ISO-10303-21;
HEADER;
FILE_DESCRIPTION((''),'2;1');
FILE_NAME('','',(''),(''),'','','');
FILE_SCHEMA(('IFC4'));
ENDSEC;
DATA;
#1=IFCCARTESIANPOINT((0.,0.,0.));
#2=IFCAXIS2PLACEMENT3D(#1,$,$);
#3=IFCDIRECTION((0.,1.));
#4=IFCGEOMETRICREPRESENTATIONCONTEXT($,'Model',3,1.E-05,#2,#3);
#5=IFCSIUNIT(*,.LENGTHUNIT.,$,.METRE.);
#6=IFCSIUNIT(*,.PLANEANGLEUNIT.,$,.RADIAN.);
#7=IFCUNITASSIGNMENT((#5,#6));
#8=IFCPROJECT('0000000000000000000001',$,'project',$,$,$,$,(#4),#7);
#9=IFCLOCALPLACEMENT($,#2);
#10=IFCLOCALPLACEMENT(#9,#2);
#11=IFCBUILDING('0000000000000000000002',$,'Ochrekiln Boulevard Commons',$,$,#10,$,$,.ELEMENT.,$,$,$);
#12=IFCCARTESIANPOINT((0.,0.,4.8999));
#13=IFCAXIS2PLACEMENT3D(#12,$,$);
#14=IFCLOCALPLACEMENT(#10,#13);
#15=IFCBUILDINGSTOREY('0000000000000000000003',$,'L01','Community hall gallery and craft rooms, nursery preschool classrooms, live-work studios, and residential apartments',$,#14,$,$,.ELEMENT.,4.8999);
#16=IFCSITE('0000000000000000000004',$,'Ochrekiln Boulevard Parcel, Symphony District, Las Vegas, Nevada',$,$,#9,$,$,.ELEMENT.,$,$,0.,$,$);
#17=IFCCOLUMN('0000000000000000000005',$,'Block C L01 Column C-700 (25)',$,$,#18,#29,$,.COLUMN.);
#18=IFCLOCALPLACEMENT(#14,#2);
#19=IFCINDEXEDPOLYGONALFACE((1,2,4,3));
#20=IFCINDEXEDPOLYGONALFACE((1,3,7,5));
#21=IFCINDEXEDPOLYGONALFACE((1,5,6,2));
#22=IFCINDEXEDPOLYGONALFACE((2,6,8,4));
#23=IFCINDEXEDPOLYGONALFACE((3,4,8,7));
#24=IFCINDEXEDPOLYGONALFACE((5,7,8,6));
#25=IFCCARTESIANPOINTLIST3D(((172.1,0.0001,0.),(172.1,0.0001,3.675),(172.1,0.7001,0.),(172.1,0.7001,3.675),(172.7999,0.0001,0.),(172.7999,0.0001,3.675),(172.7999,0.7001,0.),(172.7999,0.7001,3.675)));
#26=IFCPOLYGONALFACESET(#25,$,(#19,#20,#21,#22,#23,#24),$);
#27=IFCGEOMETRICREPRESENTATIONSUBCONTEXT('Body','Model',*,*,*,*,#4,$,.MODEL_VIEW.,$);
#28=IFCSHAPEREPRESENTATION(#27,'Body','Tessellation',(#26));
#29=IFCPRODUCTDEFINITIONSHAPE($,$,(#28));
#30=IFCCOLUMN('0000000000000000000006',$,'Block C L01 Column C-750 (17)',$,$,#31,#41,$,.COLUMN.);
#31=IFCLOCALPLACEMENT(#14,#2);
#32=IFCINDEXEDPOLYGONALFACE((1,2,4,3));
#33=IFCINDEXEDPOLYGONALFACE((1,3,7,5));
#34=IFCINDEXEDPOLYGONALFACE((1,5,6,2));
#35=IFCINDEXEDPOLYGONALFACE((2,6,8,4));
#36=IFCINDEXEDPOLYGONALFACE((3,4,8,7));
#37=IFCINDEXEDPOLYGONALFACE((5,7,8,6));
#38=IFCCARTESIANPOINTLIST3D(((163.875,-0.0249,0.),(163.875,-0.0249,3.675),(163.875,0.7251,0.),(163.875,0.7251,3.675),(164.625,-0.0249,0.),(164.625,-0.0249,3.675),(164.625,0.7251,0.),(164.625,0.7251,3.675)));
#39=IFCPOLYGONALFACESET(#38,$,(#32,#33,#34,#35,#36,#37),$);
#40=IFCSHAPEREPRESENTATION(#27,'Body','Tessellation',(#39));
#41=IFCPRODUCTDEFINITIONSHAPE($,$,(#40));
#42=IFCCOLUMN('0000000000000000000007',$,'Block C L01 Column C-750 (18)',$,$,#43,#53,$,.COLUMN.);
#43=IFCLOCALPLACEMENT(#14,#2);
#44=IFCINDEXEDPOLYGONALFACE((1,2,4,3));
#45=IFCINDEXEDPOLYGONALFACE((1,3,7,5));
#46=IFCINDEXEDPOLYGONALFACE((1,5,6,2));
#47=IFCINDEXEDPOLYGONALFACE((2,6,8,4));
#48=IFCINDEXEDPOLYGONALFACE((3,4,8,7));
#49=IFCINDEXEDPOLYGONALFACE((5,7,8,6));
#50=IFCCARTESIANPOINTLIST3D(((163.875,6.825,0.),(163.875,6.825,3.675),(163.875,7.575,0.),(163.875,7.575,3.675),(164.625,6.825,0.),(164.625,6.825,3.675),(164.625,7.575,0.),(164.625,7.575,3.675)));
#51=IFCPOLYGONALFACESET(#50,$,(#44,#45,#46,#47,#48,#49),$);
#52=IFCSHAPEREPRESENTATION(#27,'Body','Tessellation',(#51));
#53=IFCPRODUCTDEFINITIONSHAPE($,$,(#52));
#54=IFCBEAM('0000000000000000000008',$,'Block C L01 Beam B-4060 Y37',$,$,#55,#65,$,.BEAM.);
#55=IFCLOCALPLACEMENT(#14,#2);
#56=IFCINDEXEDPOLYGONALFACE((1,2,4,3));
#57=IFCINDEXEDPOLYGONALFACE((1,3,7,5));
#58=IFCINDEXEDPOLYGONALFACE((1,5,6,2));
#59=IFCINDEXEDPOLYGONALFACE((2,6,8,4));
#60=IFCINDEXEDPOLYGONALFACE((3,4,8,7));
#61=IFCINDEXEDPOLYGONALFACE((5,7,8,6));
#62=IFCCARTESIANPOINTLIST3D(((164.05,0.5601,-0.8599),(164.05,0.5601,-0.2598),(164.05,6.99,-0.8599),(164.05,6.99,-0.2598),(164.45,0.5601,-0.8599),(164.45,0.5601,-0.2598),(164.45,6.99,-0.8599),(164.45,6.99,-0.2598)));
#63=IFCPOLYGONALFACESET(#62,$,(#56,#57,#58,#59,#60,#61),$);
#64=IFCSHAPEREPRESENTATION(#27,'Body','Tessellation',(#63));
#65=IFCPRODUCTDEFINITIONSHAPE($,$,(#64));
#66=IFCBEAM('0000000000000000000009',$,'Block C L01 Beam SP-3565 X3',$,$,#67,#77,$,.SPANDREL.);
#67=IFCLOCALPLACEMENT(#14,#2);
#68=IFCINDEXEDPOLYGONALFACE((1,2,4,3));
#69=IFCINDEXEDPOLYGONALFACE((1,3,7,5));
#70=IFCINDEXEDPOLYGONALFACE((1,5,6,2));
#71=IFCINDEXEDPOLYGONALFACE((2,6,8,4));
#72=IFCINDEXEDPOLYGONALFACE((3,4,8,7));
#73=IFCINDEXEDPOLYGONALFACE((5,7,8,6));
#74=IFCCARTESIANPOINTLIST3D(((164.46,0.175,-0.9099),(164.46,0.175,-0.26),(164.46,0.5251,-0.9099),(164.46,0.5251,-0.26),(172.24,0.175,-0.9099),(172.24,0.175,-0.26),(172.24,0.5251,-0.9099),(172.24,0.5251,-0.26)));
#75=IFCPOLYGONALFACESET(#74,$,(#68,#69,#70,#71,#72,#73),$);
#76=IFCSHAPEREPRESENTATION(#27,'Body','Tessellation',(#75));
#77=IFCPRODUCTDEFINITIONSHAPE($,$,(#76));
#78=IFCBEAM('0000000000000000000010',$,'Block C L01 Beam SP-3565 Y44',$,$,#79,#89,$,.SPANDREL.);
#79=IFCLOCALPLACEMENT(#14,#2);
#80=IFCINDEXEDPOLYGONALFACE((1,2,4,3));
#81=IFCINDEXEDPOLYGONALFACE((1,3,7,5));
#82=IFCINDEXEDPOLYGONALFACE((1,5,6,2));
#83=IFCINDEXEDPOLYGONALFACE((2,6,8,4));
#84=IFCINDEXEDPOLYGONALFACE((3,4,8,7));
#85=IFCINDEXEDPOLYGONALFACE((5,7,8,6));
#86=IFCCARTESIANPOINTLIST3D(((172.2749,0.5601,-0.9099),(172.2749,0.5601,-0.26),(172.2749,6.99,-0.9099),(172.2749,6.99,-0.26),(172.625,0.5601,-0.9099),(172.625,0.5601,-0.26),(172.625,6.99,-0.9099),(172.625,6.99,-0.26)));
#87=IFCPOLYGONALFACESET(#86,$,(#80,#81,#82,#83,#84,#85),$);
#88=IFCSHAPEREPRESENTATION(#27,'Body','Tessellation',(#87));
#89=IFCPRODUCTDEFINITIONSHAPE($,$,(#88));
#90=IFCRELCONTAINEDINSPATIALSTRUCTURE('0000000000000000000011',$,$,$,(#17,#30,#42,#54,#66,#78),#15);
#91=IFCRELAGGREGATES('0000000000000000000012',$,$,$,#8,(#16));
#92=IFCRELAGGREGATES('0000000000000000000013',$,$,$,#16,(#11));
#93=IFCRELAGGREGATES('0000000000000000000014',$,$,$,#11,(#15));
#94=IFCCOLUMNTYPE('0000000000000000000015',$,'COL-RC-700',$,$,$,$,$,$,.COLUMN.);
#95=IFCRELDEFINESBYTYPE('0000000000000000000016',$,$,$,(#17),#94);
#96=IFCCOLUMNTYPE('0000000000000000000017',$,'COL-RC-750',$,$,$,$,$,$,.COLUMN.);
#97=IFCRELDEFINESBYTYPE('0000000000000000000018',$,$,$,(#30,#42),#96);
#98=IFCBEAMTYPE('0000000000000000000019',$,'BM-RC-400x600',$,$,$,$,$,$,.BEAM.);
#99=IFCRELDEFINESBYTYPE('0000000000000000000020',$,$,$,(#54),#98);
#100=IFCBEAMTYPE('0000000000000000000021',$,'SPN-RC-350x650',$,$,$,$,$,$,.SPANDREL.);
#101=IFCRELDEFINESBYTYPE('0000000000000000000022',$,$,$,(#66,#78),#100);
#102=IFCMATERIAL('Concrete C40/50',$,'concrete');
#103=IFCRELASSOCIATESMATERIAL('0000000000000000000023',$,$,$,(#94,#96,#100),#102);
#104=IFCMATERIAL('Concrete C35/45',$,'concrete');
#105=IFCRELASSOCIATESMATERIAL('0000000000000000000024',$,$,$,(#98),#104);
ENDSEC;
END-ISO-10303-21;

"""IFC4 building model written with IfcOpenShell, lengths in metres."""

from ifc_helpers import new_model, si_unit, direction, frame, origin, origin_2d, place, context, subcontext, project, spatial, rectangle, extrude, material, material_profile, profile_set, type_object, element, save


model = new_model("IFC4")

# Units and contexts
model_context = context("Model", 3, precision=1e-05, world=origin(), true_north=direction((0.0, 1.0)))
body_context = subcontext(model_context, "Body", "Model", "MODEL_VIEW")
ifc_project = project(units=[si_unit("LENGTHUNIT", "METRE"), si_unit("PLANEANGLEUNIT", "RADIAN")], contexts=[model_context])

# Site, building, storey
site_placement = place(None, origin())
site = spatial("IfcSite", under=ifc_project, at=site_placement, Name="Ochrekiln Boulevard Parcel, Symphony District, Las Vegas, Nevada", CompositionType="ELEMENT", RefElevation=0.0)
building_placement = place(site_placement, origin())
building = spatial("IfcBuilding", under=site, at=building_placement, Name="Ochrekiln Boulevard Commons", CompositionType="ELEMENT")
storey_placement = place(building_placement, frame((0.0, 0.0, 4.8999)))
storey = spatial("IfcBuildingStorey", under=building, at=storey_placement, Name="L01", Description="Community hall gallery and craft rooms, nursery preschool classrooms, live-work studios, and residential apartments", CompositionType="ELEMENT", Elevation=4.8999)

# Columns
ifc_material_1 = material(Name="Concrete C40/50", Category="concrete")
ifc_material_profile_1 = material_profile(ifc_material_1, rectangle(XDim=0.7, YDim=0.7, at=origin_2d()), Name="RC-COL-700x700")
ifc_profile_set_1 = profile_set([ifc_material_profile_1], Name="Concrete C40/50")
column_type_1 = type_object("IfcColumnType", Name="COL-RC-700", PredefinedType="COLUMN", material=ifc_profile_set_1)
column_placement = place(storey_placement, frame((172.45, 0.3501, 0.0), z_axis=(0.0, 0.0, 1.0), x_axis=(1.0, 0.0, 0.0)))
element("IfcColumn", 1, at=column_placement, inside=storey, type_object=column_type_1, Name="Block C L01 Column C-700 (25)", PredefinedType="COLUMN", context=body_context, shape_type="SweptSolid", body=[
    extrude(rectangle(XDim=0.7, YDim=0.7, at=origin_2d()), origin(), (0.0, 0.0, 1.0), 3.675),
])
ifc_material_profile_2 = material_profile(ifc_material_1, rectangle(XDim=0.75, YDim=0.75, at=origin_2d()), Name="RC-COL-750x750")
ifc_profile_set_2 = profile_set([ifc_material_profile_2], Name="Concrete C40/50")
column_type_2 = type_object("IfcColumnType", Name="COL-RC-750", PredefinedType="COLUMN", material=ifc_profile_set_2)
for number, where, z_axis, x_axis, name in (
    (2, (164.25, 0.3501, 0.0), (0.0, 0.0, 1.0), (1.0, 0.0, 0.0), "Block C L01 Column C-750 (17)"),
    (3, (164.25, 7.2, 0.0), (0.0, 0.0, 1.0), (1.0, 0.0, 0.0), "Block C L01 Column C-750 (18)"),
):
    element("IfcColumn", number, at=place(storey_placement, frame(where, z_axis=z_axis, x_axis=x_axis)), inside=storey, type_object=column_type_2, Name=name, PredefinedType="COLUMN", context=body_context, shape_type="SweptSolid", body=[
        extrude(rectangle(XDim=0.75, YDim=0.75, at=origin_2d()), origin(), (0.0, 0.0, 1.0), 3.675),
    ])

# Beams
ifc_material_2 = material(Name="Concrete C35/45", Category="concrete")
ifc_material_profile_3 = material_profile(ifc_material_2, rectangle(XDim=0.3999, YDim=0.6001, at=origin_2d()), Name="RC-BM-400x600")
ifc_profile_set_3 = profile_set([ifc_material_profile_3], Name="Concrete C35/45")
beam_type_1 = type_object("IfcBeamType", Name="BM-RC-400x600", PredefinedType="BEAM", material=ifc_profile_set_3)
beam_1_placement = place(storey_placement, frame((164.25, 0.5601, -0.5598), z_axis=(0.0, 1.0, 0.0), x_axis=(-1.0, 0.0, 0.0)))
element("IfcBeam", 4, at=beam_1_placement, inside=storey, type_object=beam_type_1, Name="Block C L01 Beam B-4060 Y37", PredefinedType="BEAM", context=body_context, shape_type="SweptSolid", body=[
    extrude(rectangle(XDim=0.3999, YDim=0.6001, at=origin_2d()), origin(), (0.0, 0.0, 1.0), 6.4299),
])
ifc_material_profile_4 = material_profile(ifc_material_1, rectangle(XDim=0.3501, YDim=0.6499, at=origin_2d()), Name="RC-SPN-350x650")
ifc_profile_set_4 = profile_set([ifc_material_profile_4], Name="Concrete C40/50")
beam_type_2 = type_object("IfcBeamType", Name="SPN-RC-350x650", PredefinedType="SPANDREL", material=ifc_profile_set_4)
beam_2_placement = place(storey_placement, frame((164.46, 0.3501, -0.585), z_axis=(1.0, 0.0, 0.0), x_axis=(0.0, 1.0, 0.0)))
element("IfcBeam", 5, at=beam_2_placement, inside=storey, type_object=beam_type_2, Name="Block C L01 Beam SP-3565 X3", PredefinedType="SPANDREL", context=body_context, shape_type="SweptSolid", body=[
    extrude(rectangle(XDim=0.3501, YDim=0.6499, at=origin_2d()), origin(), (0.0, 0.0, 1.0), 7.78),
])
beam_3_placement = place(storey_placement, frame((172.45, 0.5601, -0.585), z_axis=(0.0, 1.0, 0.0), x_axis=(-1.0, 0.0, 0.0)))
element("IfcBeam", 6, at=beam_3_placement, inside=storey, type_object=beam_type_2, Name="Block C L01 Beam SP-3565 Y44", PredefinedType="SPANDREL", context=body_context, shape_type="SweptSolid", body=[
    extrude(rectangle(XDim=0.3501, YDim=0.6499, at=origin_2d()), origin(), (0.0, 0.0, 1.0), 6.4299),
])

save(model, "model.ifc")
